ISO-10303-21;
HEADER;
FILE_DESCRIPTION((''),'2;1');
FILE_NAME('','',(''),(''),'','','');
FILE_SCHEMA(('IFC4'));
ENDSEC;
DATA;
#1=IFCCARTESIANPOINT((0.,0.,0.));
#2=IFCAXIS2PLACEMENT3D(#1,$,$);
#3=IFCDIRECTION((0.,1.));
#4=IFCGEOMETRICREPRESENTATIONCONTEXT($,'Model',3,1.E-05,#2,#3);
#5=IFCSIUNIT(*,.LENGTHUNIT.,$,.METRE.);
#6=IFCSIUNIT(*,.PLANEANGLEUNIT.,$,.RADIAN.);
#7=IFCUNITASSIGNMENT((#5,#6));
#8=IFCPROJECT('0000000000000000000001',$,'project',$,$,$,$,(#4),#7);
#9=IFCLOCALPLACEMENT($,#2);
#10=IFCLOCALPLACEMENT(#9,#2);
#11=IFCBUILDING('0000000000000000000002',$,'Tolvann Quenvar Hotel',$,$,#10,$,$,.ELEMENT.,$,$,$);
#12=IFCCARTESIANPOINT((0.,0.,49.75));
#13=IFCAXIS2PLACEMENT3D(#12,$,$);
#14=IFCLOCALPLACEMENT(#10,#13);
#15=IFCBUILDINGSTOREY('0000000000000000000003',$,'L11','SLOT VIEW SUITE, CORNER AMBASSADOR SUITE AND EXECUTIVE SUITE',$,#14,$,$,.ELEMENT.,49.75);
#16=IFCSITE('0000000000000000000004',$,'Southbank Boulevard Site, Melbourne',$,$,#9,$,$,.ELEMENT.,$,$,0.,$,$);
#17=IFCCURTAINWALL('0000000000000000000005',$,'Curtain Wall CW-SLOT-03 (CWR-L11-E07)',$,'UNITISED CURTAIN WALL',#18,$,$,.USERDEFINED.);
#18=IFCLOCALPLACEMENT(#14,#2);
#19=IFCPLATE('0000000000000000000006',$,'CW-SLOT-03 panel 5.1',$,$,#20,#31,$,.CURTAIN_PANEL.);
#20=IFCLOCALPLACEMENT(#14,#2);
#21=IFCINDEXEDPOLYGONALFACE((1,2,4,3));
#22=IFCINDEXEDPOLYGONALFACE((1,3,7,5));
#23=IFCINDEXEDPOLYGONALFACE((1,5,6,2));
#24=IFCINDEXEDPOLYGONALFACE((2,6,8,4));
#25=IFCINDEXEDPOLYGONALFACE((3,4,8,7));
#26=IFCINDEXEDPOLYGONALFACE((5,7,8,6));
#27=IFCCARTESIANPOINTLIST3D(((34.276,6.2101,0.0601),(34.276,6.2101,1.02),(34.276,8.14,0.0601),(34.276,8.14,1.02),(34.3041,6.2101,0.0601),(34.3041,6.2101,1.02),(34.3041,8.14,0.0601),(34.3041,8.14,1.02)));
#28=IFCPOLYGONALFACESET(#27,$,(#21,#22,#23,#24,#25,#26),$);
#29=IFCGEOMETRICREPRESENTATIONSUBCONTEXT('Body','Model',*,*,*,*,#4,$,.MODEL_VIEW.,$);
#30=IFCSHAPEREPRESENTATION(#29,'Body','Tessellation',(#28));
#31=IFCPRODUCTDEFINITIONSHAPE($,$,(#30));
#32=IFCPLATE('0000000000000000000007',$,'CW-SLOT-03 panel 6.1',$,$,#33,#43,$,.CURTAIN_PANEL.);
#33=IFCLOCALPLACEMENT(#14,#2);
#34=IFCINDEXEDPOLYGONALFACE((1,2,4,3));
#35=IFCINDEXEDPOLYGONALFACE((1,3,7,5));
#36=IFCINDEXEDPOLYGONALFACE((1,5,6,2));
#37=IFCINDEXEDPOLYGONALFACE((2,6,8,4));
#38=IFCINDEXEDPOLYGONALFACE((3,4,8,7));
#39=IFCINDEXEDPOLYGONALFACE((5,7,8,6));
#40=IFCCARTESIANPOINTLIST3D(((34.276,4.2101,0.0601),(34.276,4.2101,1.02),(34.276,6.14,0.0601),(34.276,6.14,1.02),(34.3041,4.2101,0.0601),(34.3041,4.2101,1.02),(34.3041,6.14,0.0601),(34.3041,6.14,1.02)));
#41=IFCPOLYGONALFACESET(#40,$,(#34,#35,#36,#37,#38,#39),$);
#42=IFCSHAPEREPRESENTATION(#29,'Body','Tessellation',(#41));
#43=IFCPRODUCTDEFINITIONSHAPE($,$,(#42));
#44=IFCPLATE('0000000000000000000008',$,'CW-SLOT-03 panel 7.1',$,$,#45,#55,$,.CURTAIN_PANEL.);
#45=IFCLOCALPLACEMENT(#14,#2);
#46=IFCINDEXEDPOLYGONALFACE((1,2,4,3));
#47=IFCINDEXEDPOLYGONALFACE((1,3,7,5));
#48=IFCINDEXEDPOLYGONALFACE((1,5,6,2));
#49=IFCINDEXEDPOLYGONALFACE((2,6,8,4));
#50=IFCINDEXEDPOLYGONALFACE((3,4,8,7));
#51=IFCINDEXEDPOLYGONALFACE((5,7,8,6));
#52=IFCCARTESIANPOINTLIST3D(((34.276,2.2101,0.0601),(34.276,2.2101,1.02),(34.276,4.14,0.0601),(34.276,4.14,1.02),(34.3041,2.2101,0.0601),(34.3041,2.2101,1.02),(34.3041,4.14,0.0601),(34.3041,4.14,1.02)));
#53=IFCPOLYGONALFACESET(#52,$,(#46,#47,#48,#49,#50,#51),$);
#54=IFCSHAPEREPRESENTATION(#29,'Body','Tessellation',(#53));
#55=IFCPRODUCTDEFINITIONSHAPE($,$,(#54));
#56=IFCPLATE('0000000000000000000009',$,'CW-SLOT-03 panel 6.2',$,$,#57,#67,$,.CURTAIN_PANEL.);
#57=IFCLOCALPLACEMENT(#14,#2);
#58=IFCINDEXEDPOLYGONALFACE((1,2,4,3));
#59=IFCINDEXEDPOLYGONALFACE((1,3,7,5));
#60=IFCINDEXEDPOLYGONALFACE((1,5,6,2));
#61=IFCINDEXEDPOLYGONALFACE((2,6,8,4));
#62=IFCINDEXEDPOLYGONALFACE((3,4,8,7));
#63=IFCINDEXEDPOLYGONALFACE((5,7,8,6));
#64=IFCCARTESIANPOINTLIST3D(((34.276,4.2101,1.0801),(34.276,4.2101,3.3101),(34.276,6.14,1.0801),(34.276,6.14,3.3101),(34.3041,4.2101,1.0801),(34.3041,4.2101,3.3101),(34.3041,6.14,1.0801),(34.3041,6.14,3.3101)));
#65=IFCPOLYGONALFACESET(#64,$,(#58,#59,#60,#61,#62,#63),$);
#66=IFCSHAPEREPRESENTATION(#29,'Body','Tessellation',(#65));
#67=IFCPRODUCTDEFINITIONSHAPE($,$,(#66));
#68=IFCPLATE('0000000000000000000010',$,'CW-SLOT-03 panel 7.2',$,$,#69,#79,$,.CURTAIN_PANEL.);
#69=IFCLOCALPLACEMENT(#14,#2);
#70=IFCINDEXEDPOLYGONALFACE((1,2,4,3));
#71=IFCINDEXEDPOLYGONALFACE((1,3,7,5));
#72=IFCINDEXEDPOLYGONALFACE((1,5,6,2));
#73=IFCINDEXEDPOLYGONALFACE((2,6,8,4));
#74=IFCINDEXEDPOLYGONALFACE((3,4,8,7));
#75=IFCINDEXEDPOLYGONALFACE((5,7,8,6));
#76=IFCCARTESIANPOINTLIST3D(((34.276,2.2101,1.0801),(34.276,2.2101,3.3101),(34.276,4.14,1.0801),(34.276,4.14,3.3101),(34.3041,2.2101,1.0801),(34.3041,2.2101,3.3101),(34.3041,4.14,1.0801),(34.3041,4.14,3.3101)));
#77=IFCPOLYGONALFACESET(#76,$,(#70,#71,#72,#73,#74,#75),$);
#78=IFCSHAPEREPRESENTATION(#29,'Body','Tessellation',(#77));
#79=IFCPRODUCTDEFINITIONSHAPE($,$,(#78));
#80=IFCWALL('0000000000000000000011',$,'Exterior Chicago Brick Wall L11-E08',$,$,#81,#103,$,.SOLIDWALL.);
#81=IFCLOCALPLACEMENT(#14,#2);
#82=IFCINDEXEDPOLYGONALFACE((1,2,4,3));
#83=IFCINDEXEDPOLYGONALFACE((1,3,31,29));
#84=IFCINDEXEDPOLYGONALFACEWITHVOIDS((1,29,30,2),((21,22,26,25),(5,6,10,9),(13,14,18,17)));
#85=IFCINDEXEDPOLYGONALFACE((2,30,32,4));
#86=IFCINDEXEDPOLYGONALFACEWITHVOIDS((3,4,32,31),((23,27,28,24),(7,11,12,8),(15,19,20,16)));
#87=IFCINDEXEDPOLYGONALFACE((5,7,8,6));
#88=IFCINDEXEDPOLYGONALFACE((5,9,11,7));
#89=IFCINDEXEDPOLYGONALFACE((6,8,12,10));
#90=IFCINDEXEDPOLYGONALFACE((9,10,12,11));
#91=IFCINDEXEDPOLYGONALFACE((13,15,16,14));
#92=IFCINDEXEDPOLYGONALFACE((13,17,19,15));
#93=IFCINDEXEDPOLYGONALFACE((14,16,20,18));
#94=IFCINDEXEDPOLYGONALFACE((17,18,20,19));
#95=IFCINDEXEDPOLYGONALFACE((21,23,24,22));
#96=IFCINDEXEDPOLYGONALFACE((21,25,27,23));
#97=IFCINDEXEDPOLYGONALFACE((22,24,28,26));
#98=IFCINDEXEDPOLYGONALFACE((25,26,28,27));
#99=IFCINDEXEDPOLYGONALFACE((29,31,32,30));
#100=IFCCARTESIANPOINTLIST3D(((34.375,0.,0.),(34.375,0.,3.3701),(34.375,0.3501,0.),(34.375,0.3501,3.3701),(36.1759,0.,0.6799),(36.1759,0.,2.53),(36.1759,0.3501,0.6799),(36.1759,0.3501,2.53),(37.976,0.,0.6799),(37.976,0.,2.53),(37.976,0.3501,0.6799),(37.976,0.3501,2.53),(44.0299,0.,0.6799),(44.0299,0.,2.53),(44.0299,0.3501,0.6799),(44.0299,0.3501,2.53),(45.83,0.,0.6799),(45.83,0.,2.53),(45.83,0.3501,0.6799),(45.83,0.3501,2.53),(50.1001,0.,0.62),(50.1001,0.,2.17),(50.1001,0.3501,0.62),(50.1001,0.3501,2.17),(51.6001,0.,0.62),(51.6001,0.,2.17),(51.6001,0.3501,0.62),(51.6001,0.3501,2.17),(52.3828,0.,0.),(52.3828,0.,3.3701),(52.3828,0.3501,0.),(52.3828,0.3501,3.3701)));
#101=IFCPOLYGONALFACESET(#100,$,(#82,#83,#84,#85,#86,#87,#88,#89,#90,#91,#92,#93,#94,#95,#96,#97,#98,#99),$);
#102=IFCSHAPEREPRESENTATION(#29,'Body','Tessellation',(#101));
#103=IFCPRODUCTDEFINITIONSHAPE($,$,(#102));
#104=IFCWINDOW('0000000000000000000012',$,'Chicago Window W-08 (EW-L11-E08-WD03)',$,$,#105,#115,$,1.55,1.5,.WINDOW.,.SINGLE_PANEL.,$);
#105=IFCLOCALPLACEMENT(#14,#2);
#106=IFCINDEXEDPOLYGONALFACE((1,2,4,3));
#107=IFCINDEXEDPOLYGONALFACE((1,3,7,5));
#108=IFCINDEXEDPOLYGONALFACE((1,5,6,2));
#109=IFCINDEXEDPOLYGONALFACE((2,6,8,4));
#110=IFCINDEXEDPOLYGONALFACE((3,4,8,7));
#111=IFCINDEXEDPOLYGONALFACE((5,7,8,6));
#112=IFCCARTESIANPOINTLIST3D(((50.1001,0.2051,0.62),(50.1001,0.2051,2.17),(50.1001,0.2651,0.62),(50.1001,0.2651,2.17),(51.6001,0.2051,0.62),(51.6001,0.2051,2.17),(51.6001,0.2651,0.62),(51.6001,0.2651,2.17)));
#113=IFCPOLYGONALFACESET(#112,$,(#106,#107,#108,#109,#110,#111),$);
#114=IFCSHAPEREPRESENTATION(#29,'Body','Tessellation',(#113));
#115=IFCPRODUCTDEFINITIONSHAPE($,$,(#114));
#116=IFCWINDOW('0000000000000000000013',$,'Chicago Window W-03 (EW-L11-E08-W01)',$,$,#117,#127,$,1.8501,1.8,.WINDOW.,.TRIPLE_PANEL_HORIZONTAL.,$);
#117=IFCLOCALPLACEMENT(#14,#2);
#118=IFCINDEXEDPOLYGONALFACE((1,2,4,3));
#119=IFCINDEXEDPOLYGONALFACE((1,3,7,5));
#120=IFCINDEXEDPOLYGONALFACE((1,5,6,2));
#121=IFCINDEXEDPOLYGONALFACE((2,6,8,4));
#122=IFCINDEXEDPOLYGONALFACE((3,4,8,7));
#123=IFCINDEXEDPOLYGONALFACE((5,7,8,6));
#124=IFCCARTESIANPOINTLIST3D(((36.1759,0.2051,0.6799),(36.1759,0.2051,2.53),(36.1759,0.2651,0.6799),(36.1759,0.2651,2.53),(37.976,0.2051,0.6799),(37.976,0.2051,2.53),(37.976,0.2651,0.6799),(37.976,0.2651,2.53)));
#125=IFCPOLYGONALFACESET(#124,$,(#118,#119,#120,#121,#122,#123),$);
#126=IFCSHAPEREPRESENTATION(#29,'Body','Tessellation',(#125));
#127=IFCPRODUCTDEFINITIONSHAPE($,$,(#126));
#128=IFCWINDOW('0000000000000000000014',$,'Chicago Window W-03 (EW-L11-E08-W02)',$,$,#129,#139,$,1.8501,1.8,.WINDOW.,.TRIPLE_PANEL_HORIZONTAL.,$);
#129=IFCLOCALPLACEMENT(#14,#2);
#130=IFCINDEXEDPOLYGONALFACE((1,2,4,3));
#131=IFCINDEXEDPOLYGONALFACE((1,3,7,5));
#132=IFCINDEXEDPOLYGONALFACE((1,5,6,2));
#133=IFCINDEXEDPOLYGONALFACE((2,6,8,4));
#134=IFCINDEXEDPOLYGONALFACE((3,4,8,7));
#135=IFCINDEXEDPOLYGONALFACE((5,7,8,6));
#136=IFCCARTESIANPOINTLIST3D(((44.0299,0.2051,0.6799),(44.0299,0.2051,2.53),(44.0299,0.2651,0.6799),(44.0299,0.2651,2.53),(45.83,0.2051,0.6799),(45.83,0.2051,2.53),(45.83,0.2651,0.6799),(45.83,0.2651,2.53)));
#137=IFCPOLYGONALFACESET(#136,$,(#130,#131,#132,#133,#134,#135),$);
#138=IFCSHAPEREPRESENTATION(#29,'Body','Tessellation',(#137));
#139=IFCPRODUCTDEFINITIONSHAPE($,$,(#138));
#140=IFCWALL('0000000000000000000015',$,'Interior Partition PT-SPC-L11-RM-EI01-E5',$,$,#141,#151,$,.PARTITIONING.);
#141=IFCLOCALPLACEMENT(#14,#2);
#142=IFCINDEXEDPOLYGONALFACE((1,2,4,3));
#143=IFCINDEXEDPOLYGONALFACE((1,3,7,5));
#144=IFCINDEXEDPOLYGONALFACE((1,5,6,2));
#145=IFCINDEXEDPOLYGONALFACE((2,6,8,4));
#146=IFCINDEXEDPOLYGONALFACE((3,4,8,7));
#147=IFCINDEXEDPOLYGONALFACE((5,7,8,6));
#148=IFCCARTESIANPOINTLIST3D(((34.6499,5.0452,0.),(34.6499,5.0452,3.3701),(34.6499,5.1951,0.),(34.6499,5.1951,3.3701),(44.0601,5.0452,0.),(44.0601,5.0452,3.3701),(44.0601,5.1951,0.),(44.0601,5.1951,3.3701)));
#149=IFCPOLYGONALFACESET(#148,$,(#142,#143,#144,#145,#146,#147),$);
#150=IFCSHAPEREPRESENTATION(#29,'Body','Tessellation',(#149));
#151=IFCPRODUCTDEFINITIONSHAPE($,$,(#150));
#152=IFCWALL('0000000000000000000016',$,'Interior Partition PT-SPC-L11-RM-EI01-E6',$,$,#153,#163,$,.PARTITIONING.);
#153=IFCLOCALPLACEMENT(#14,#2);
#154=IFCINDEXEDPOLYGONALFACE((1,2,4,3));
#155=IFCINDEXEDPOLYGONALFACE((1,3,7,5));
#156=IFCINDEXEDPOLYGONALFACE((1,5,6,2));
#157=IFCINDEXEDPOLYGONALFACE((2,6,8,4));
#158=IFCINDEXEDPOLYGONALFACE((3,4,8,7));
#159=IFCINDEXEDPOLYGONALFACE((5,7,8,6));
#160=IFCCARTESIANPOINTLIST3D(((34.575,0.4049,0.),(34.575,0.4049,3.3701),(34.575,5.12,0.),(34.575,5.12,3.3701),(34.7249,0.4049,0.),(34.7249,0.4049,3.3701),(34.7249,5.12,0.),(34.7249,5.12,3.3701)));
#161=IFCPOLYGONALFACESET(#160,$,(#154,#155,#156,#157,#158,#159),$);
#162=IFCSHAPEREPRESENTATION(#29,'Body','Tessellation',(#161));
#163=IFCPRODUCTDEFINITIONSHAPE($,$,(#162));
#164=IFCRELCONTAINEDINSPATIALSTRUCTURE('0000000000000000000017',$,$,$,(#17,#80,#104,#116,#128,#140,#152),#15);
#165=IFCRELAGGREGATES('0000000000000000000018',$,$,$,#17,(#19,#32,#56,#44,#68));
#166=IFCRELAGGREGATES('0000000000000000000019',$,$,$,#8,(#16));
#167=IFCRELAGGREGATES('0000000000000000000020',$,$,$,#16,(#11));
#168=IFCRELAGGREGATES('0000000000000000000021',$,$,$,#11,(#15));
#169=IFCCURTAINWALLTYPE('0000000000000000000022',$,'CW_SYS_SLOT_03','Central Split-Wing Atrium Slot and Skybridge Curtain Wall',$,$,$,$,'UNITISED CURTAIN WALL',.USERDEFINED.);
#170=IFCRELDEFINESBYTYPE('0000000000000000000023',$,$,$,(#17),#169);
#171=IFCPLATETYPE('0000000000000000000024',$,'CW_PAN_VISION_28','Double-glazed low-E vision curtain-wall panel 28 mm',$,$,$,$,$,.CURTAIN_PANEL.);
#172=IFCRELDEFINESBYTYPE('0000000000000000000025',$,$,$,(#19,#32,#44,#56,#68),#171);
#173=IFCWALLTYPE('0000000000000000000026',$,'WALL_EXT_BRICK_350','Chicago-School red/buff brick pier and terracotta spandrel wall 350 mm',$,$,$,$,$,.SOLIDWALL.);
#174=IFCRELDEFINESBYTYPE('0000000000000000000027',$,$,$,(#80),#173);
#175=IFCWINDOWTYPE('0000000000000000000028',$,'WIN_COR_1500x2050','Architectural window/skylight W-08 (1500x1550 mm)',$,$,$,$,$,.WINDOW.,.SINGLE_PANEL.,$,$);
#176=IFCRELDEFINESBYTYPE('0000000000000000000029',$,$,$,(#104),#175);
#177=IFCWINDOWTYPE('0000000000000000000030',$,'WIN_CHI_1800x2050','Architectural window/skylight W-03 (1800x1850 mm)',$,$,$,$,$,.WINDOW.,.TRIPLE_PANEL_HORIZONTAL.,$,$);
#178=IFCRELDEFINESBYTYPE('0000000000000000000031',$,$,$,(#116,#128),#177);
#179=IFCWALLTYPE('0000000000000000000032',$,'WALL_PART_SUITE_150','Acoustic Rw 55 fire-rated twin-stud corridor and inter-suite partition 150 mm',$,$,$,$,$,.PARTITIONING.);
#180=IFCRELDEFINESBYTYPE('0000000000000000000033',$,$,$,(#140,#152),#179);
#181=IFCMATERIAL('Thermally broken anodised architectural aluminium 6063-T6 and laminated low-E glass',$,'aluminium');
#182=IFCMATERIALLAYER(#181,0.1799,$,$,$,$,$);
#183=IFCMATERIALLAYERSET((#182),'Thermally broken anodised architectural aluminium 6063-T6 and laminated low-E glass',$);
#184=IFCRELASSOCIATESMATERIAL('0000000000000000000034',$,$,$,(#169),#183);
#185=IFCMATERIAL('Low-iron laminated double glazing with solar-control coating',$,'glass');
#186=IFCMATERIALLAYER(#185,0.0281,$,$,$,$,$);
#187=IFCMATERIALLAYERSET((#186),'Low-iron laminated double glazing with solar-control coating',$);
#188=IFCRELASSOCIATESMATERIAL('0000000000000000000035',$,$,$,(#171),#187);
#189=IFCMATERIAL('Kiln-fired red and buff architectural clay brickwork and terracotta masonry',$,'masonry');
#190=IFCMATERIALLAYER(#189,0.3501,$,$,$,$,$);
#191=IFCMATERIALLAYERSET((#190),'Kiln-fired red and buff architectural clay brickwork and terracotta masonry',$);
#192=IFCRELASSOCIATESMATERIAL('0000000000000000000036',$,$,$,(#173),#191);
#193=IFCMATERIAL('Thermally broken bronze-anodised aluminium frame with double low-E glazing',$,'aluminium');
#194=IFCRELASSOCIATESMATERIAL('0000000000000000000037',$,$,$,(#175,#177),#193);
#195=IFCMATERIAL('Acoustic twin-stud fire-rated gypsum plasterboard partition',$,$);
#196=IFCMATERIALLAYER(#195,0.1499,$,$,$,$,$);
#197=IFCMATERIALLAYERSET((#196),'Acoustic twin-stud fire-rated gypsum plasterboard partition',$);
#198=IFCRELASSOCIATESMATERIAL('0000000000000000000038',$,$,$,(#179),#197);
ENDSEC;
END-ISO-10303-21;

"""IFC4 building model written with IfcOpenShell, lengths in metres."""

from ifc_helpers import new_model, si_unit, direction, frame, frame_2d, origin, origin_2d, place, context, subcontext, project, spatial, rectangle, extrude, source, transform, mapped, material, layer, layer_set, type_object, type_shapes, element, fill, aggregate, save


model = new_model("IFC4")

# Units and contexts
model_context = context("Model", 3, precision=1e-05, world=origin(), true_north=direction((0.0, 1.0)))
body_context = subcontext(model_context, "Body", "Model", "MODEL_VIEW")
ifc_project = project(units=[si_unit("LENGTHUNIT", "METRE"), si_unit("PLANEANGLEUNIT", "RADIAN")], contexts=[model_context])

# Site, building, storey
site_placement = place(None, origin())
site = spatial("IfcSite", under=ifc_project, at=site_placement, Name="Southbank Boulevard Site, Melbourne", CompositionType="ELEMENT", RefElevation=0.0)
building_placement = place(site_placement, origin())
building = spatial("IfcBuilding", under=site, at=building_placement, Name="Tolvann Quenvar Hotel", CompositionType="ELEMENT")
storey_placement = place(building_placement, frame((0.0, 0.0, 49.75)))
storey = spatial("IfcBuildingStorey", under=building, at=storey_placement, Name="L11", Description="SLOT VIEW SUITE, CORNER AMBASSADOR SUITE AND EXECUTIVE SUITE", CompositionType="ELEMENT", Elevation=49.75)

# Curtain wall, plates
ifc_material_1 = material(Name="Thermally broken anodised architectural aluminium 6063-T6 and laminated low-E glass", Category="aluminium")
ifc_layer_1 = layer(ifc_material_1, 0.1799)
ifc_layer_set_1 = layer_set([ifc_layer_1], Name="Thermally broken anodised architectural aluminium 6063-T6 and laminated low-E glass")
curtain_wall_type = type_object("IfcCurtainWallType", Name="CW_SYS_SLOT_03", Description="Central Split-Wing Atrium Slot and Skybridge Curtain Wall", ElementType="UNITISED CURTAIN WALL", PredefinedType="USERDEFINED", material=ifc_layer_set_1)
curtain_wall_placement = place(storey_placement, origin())
curtain_wall = element("IfcCurtainWall", 1, at=curtain_wall_placement, inside=storey, type_object=curtain_wall_type, Name="Curtain Wall CW-SLOT-03 (CWR-L11-E07)", ObjectType="UNITISED CURTAIN WALL", PredefinedType="USERDEFINED")
ifc_material_2 = material(Name="Low-iron laminated double glazing with solar-control coating", Category="glass")
ifc_layer_2 = layer(ifc_material_2, 0.0281)
ifc_layer_set_2 = layer_set([ifc_layer_2], Name="Low-iron laminated double glazing with solar-control coating")
plate_type = type_object("IfcPlateType", Name="CW_PAN_VISION_28", Description="Double-glazed low-E vision curtain-wall panel 28 mm", PredefinedType="CURTAIN_PANEL", material=ifc_layer_set_2)
shared_shape_1 = source(origin(), body_context, "Body", "SweptSolid", [
    extrude(rectangle(XDim=1.9299, YDim=0.0281, at=origin_2d()), origin(), (0.0, 0.0, 1.0), 0.96),
])
plate_1_placement = place(storey_placement, frame((34.29, 7.175, 0.0601), z_axis=(0.0, 0.0, 1.0), x_axis=(0.0, -1.0, 0.0)))
plate_1 = element("IfcPlate", 2, at=plate_1_placement, type_object=plate_type, Name="CW-SLOT-03 panel 5.1", PredefinedType="CURTAIN_PANEL", context=body_context, shape_type="MappedRepresentation", body=[
    mapped(shared_shape_1, transform((0.0, 0.0, 0.0), x_axis=(1.0, 0.0, 0.0), y_axis=(0.0, 1.0, 0.0), z_axis=(0.0, 0.0, 1.0), scale=1.0)),
])
plate_2_placement = place(storey_placement, frame((34.29, 5.175, 0.0601), z_axis=(0.0, 0.0, 1.0), x_axis=(0.0, -1.0, 0.0)))
plate_2 = element("IfcPlate", 3, at=plate_2_placement, type_object=plate_type, Name="CW-SLOT-03 panel 6.1", PredefinedType="CURTAIN_PANEL", context=body_context, shape_type="MappedRepresentation", body=[
    mapped(shared_shape_1, transform((0.0, 0.0, 0.0), x_axis=(1.0, 0.0, 0.0), y_axis=(0.0, 1.0, 0.0), z_axis=(0.0, 0.0, 1.0), scale=1.0)),
])
plate_3_placement = place(storey_placement, frame((34.29, 3.175, 0.0601), z_axis=(0.0, 0.0, 1.0), x_axis=(0.0, -1.0, 0.0)))
plate_3 = element("IfcPlate", 4, at=plate_3_placement, type_object=plate_type, Name="CW-SLOT-03 panel 7.1", PredefinedType="CURTAIN_PANEL", context=body_context, shape_type="MappedRepresentation", body=[
    mapped(shared_shape_1, transform((0.0, 0.0, 0.0), x_axis=(1.0, 0.0, 0.0), y_axis=(0.0, 1.0, 0.0), z_axis=(0.0, 0.0, 1.0), scale=1.0)),
])
shared_shape_2 = source(origin(), body_context, "Body", "SweptSolid", [
    extrude(rectangle(XDim=1.9299, YDim=0.0281, at=origin_2d()), origin(), (0.0, 0.0, 1.0), 2.23),
])
plate_4_placement = place(storey_placement, frame((34.29, 5.175, 1.0801), z_axis=(0.0, 0.0, 1.0), x_axis=(0.0, -1.0, 0.0)))
plate_4 = element("IfcPlate", 5, at=plate_4_placement, type_object=plate_type, Name="CW-SLOT-03 panel 6.2", PredefinedType="CURTAIN_PANEL", context=body_context, shape_type="MappedRepresentation", body=[
    mapped(shared_shape_2, transform((0.0, 0.0, 0.0), x_axis=(1.0, 0.0, 0.0), y_axis=(0.0, 1.0, 0.0), z_axis=(0.0, 0.0, 1.0), scale=1.0)),
])
plate_5_placement = place(storey_placement, frame((34.29, 3.175, 1.0801), z_axis=(0.0, 0.0, 1.0), x_axis=(0.0, -1.0, 0.0)))
plate_5 = element("IfcPlate", 6, at=plate_5_placement, type_object=plate_type, Name="CW-SLOT-03 panel 7.2", PredefinedType="CURTAIN_PANEL", context=body_context, shape_type="MappedRepresentation", body=[
    mapped(shared_shape_2, transform((0.0, 0.0, 0.0), x_axis=(1.0, 0.0, 0.0), y_axis=(0.0, 1.0, 0.0), z_axis=(0.0, 0.0, 1.0), scale=1.0)),
])
aggregate(curtain_wall, [plate_1, plate_2, plate_4, plate_3, plate_5])

# Wall, openings, windows
ifc_material_3 = material(Name="Kiln-fired red and buff architectural clay brickwork and terracotta masonry", Category="masonry")
ifc_layer_3 = layer(ifc_material_3, 0.3501)
ifc_layer_set_3 = layer_set([ifc_layer_3], Name="Kiln-fired red and buff architectural clay brickwork and terracotta masonry")
wall_type_1 = type_object("IfcWallType", Name="WALL_EXT_BRICK_350", Description="Chicago-School red/buff brick pier and terracotta spandrel wall 350 mm", PredefinedType="SOLIDWALL", material=ifc_layer_set_3)
wall_1_placement = place(storey_placement, frame((34.375, 0.175, 0.0), z_axis=(0.0, 0.0, 1.0), x_axis=(1.0, 0.0, 0.0)))
wall_1 = element("IfcWall", 7, at=wall_1_placement, inside=storey, type_object=wall_type_1, Name="Exterior Chicago Brick Wall L11-E08", PredefinedType="SOLIDWALL", context=body_context, shape_type="SweptSolid", body=[
    extrude(rectangle(XDim=18.0078, YDim=0.3501, at=frame_2d((9.0039, 0.0))), origin(), (0.0, 0.0, 1.0), 3.3701),
])
opening_1_placement = place(wall_1_placement, frame((1.801, 0.0, 0.6799)))
opening_1 = element("IfcOpeningElement", 8, at=opening_1_placement, cuts=wall_1, PredefinedType="OPENING", context=body_context, shape_type="SweptSolid", body=[
    extrude(rectangle(XDim=1.8, YDim=1.8501, at=frame_2d((0.8999, 0.925))), frame((0.0, 0.1851, 0.0), z_axis=(0.0, -1.0, 0.0), x_axis=(1.0, 0.0, 0.0)), (0.0, 0.0, 1.0), 0.3701),
])
opening_2_placement = place(wall_1_placement, frame((9.655, 0.0, 0.6799)))
opening_2 = element("IfcOpeningElement", 9, at=opening_2_placement, cuts=wall_1, PredefinedType="OPENING", context=body_context, shape_type="SweptSolid", body=[
    extrude(rectangle(XDim=1.8, YDim=1.8501, at=frame_2d((0.8999, 0.925))), frame((0.0, 0.1851, 0.0), z_axis=(0.0, -1.0, 0.0), x_axis=(1.0, 0.0, 0.0)), (0.0, 0.0, 1.0), 0.3701),
])
opening_3_placement = place(wall_1_placement, frame((15.7251, 0.0, 0.6201)))
opening_3 = element("IfcOpeningElement", 10, at=opening_3_placement, cuts=wall_1, PredefinedType="OPENING", context=body_context, shape_type="SweptSolid", body=[
    extrude(rectangle(XDim=1.5, YDim=1.55, at=frame_2d((0.75, 0.7749))), frame((0.0, 0.1851, 0.0), z_axis=(0.0, -1.0, 0.0), x_axis=(1.0, 0.0, 0.0)), (0.0, 0.0, 1.0), 0.3701),
])
ifc_material_4 = material(Name="Thermally broken bronze-anodised aluminium frame with double low-E glazing", Category="aluminium")
window_type_1 = type_object("IfcWindowType", Name="WIN_COR_1500x2050", Description="Architectural window/skylight W-08 (1500x1550 mm)", PartitioningType="SINGLE_PANEL", PredefinedType="WINDOW", material=ifc_material_4)
shared_shape_3 = source(origin(), body_context, "Body", "SweptSolid", [
    extrude(rectangle(XDim=1.5, YDim=1.55, at=frame_2d((0.75, 0.7749))), frame((0.0, 0.0901, 0.0), z_axis=(0.0, -1.0, 0.0), x_axis=(1.0, 0.0, 0.0)), (0.0, 0.0, 1.0), 0.0601),
])
type_shapes(window_type_1, [shared_shape_3])
window_1_placement = place(opening_3_placement, origin())
window_1 = element("IfcWindow", 11, at=window_1_placement, inside=storey, type_object=window_type_1, Name="Chicago Window W-08 (EW-L11-E08-WD03)", OverallHeight=1.55, OverallWidth=1.5, PartitioningType="SINGLE_PANEL", PredefinedType="WINDOW", context=body_context, shape_type="MappedRepresentation", body=[
    mapped(shared_shape_3, transform((0.0, 0.0, 0.0), x_axis=(1.0, 0.0, 0.0), y_axis=(0.0, 1.0, 0.0), z_axis=(0.0, 0.0, 1.0), scale=1.0)),
])
fill(opening_3, window_1)
window_type_2 = type_object("IfcWindowType", Name="WIN_CHI_1800x2050", Description="Architectural window/skylight W-03 (1800x1850 mm)", PartitioningType="TRIPLE_PANEL_HORIZONTAL", PredefinedType="WINDOW", material=ifc_material_4)
shared_shape_4 = source(origin(), body_context, "Body", "SweptSolid", [
    extrude(rectangle(XDim=1.8, YDim=1.8501, at=frame_2d((0.8999, 0.925))), frame((0.0, 0.0901, 0.0), z_axis=(0.0, -1.0, 0.0), x_axis=(1.0, 0.0, 0.0)), (0.0, 0.0, 1.0), 0.0601),
])
type_shapes(window_type_2, [shared_shape_4])
window_2_placement = place(opening_1_placement, origin())
window_2 = element("IfcWindow", 12, at=window_2_placement, inside=storey, type_object=window_type_2, Name="Chicago Window W-03 (EW-L11-E08-W01)", OverallHeight=1.8501, OverallWidth=1.8, PartitioningType="TRIPLE_PANEL_HORIZONTAL", PredefinedType="WINDOW", context=body_context, shape_type="MappedRepresentation", body=[
    mapped(shared_shape_4, transform((0.0, 0.0, 0.0), x_axis=(1.0, 0.0, 0.0), y_axis=(0.0, 1.0, 0.0), z_axis=(0.0, 0.0, 1.0), scale=1.0)),
])
fill(opening_1, window_2)
window_3_placement = place(opening_2_placement, origin())
window_3 = element("IfcWindow", 13, at=window_3_placement, inside=storey, type_object=window_type_2, Name="Chicago Window W-03 (EW-L11-E08-W02)", OverallHeight=1.8501, OverallWidth=1.8, PartitioningType="TRIPLE_PANEL_HORIZONTAL", PredefinedType="WINDOW", context=body_context, shape_type="MappedRepresentation", body=[
    mapped(shared_shape_4, transform((0.0, 0.0, 0.0), x_axis=(1.0, 0.0, 0.0), y_axis=(0.0, 1.0, 0.0), z_axis=(0.0, 0.0, 1.0), scale=1.0)),
])
fill(opening_2, window_3)

# Walls
ifc_material_5 = material(Name="Acoustic twin-stud fire-rated gypsum plasterboard partition")
ifc_layer_4 = layer(ifc_material_5, 0.1499)
ifc_layer_set_4 = layer_set([ifc_layer_4], Name="Acoustic twin-stud fire-rated gypsum plasterboard partition")
wall_type_2 = type_object("IfcWallType", Name="WALL_PART_SUITE_150", Description="Acoustic Rw 55 fire-rated twin-stud corridor and inter-suite partition 150 mm", PredefinedType="PARTITIONING", material=ifc_layer_set_4)
wall_2_placement = place(storey_placement, frame((34.6499, 5.1201, 0.0), z_axis=(0.0, 0.0, 1.0), x_axis=(1.0, 0.0, 0.0)))
element("IfcWall", 14, at=wall_2_placement, inside=storey, type_object=wall_type_2, Name="Interior Partition PT-SPC-L11-RM-EI01-E5", PredefinedType="PARTITIONING", context=body_context, shape_type="SweptSolid", body=[
    extrude(rectangle(XDim=9.4102, YDim=0.1499, at=frame_2d((4.7051, 0.0))), origin(), (0.0, 0.0, 1.0), 3.3701),
])
wall_3_placement = place(storey_placement, frame((34.6499, 0.405, 0.0), z_axis=(0.0, 0.0, 1.0), x_axis=(0.0, 1.0, 0.0)))
element("IfcWall", 15, at=wall_3_placement, inside=storey, type_object=wall_type_2, Name="Interior Partition PT-SPC-L11-RM-EI01-E6", PredefinedType="PARTITIONING", context=body_context, shape_type="SweptSolid", body=[
    extrude(rectangle(XDim=4.7151, YDim=0.1499, at=frame_2d((2.3574, 0.0))), origin(), (0.0, 0.0, 1.0), 3.3701),
])

save(model, "model.ifc")
